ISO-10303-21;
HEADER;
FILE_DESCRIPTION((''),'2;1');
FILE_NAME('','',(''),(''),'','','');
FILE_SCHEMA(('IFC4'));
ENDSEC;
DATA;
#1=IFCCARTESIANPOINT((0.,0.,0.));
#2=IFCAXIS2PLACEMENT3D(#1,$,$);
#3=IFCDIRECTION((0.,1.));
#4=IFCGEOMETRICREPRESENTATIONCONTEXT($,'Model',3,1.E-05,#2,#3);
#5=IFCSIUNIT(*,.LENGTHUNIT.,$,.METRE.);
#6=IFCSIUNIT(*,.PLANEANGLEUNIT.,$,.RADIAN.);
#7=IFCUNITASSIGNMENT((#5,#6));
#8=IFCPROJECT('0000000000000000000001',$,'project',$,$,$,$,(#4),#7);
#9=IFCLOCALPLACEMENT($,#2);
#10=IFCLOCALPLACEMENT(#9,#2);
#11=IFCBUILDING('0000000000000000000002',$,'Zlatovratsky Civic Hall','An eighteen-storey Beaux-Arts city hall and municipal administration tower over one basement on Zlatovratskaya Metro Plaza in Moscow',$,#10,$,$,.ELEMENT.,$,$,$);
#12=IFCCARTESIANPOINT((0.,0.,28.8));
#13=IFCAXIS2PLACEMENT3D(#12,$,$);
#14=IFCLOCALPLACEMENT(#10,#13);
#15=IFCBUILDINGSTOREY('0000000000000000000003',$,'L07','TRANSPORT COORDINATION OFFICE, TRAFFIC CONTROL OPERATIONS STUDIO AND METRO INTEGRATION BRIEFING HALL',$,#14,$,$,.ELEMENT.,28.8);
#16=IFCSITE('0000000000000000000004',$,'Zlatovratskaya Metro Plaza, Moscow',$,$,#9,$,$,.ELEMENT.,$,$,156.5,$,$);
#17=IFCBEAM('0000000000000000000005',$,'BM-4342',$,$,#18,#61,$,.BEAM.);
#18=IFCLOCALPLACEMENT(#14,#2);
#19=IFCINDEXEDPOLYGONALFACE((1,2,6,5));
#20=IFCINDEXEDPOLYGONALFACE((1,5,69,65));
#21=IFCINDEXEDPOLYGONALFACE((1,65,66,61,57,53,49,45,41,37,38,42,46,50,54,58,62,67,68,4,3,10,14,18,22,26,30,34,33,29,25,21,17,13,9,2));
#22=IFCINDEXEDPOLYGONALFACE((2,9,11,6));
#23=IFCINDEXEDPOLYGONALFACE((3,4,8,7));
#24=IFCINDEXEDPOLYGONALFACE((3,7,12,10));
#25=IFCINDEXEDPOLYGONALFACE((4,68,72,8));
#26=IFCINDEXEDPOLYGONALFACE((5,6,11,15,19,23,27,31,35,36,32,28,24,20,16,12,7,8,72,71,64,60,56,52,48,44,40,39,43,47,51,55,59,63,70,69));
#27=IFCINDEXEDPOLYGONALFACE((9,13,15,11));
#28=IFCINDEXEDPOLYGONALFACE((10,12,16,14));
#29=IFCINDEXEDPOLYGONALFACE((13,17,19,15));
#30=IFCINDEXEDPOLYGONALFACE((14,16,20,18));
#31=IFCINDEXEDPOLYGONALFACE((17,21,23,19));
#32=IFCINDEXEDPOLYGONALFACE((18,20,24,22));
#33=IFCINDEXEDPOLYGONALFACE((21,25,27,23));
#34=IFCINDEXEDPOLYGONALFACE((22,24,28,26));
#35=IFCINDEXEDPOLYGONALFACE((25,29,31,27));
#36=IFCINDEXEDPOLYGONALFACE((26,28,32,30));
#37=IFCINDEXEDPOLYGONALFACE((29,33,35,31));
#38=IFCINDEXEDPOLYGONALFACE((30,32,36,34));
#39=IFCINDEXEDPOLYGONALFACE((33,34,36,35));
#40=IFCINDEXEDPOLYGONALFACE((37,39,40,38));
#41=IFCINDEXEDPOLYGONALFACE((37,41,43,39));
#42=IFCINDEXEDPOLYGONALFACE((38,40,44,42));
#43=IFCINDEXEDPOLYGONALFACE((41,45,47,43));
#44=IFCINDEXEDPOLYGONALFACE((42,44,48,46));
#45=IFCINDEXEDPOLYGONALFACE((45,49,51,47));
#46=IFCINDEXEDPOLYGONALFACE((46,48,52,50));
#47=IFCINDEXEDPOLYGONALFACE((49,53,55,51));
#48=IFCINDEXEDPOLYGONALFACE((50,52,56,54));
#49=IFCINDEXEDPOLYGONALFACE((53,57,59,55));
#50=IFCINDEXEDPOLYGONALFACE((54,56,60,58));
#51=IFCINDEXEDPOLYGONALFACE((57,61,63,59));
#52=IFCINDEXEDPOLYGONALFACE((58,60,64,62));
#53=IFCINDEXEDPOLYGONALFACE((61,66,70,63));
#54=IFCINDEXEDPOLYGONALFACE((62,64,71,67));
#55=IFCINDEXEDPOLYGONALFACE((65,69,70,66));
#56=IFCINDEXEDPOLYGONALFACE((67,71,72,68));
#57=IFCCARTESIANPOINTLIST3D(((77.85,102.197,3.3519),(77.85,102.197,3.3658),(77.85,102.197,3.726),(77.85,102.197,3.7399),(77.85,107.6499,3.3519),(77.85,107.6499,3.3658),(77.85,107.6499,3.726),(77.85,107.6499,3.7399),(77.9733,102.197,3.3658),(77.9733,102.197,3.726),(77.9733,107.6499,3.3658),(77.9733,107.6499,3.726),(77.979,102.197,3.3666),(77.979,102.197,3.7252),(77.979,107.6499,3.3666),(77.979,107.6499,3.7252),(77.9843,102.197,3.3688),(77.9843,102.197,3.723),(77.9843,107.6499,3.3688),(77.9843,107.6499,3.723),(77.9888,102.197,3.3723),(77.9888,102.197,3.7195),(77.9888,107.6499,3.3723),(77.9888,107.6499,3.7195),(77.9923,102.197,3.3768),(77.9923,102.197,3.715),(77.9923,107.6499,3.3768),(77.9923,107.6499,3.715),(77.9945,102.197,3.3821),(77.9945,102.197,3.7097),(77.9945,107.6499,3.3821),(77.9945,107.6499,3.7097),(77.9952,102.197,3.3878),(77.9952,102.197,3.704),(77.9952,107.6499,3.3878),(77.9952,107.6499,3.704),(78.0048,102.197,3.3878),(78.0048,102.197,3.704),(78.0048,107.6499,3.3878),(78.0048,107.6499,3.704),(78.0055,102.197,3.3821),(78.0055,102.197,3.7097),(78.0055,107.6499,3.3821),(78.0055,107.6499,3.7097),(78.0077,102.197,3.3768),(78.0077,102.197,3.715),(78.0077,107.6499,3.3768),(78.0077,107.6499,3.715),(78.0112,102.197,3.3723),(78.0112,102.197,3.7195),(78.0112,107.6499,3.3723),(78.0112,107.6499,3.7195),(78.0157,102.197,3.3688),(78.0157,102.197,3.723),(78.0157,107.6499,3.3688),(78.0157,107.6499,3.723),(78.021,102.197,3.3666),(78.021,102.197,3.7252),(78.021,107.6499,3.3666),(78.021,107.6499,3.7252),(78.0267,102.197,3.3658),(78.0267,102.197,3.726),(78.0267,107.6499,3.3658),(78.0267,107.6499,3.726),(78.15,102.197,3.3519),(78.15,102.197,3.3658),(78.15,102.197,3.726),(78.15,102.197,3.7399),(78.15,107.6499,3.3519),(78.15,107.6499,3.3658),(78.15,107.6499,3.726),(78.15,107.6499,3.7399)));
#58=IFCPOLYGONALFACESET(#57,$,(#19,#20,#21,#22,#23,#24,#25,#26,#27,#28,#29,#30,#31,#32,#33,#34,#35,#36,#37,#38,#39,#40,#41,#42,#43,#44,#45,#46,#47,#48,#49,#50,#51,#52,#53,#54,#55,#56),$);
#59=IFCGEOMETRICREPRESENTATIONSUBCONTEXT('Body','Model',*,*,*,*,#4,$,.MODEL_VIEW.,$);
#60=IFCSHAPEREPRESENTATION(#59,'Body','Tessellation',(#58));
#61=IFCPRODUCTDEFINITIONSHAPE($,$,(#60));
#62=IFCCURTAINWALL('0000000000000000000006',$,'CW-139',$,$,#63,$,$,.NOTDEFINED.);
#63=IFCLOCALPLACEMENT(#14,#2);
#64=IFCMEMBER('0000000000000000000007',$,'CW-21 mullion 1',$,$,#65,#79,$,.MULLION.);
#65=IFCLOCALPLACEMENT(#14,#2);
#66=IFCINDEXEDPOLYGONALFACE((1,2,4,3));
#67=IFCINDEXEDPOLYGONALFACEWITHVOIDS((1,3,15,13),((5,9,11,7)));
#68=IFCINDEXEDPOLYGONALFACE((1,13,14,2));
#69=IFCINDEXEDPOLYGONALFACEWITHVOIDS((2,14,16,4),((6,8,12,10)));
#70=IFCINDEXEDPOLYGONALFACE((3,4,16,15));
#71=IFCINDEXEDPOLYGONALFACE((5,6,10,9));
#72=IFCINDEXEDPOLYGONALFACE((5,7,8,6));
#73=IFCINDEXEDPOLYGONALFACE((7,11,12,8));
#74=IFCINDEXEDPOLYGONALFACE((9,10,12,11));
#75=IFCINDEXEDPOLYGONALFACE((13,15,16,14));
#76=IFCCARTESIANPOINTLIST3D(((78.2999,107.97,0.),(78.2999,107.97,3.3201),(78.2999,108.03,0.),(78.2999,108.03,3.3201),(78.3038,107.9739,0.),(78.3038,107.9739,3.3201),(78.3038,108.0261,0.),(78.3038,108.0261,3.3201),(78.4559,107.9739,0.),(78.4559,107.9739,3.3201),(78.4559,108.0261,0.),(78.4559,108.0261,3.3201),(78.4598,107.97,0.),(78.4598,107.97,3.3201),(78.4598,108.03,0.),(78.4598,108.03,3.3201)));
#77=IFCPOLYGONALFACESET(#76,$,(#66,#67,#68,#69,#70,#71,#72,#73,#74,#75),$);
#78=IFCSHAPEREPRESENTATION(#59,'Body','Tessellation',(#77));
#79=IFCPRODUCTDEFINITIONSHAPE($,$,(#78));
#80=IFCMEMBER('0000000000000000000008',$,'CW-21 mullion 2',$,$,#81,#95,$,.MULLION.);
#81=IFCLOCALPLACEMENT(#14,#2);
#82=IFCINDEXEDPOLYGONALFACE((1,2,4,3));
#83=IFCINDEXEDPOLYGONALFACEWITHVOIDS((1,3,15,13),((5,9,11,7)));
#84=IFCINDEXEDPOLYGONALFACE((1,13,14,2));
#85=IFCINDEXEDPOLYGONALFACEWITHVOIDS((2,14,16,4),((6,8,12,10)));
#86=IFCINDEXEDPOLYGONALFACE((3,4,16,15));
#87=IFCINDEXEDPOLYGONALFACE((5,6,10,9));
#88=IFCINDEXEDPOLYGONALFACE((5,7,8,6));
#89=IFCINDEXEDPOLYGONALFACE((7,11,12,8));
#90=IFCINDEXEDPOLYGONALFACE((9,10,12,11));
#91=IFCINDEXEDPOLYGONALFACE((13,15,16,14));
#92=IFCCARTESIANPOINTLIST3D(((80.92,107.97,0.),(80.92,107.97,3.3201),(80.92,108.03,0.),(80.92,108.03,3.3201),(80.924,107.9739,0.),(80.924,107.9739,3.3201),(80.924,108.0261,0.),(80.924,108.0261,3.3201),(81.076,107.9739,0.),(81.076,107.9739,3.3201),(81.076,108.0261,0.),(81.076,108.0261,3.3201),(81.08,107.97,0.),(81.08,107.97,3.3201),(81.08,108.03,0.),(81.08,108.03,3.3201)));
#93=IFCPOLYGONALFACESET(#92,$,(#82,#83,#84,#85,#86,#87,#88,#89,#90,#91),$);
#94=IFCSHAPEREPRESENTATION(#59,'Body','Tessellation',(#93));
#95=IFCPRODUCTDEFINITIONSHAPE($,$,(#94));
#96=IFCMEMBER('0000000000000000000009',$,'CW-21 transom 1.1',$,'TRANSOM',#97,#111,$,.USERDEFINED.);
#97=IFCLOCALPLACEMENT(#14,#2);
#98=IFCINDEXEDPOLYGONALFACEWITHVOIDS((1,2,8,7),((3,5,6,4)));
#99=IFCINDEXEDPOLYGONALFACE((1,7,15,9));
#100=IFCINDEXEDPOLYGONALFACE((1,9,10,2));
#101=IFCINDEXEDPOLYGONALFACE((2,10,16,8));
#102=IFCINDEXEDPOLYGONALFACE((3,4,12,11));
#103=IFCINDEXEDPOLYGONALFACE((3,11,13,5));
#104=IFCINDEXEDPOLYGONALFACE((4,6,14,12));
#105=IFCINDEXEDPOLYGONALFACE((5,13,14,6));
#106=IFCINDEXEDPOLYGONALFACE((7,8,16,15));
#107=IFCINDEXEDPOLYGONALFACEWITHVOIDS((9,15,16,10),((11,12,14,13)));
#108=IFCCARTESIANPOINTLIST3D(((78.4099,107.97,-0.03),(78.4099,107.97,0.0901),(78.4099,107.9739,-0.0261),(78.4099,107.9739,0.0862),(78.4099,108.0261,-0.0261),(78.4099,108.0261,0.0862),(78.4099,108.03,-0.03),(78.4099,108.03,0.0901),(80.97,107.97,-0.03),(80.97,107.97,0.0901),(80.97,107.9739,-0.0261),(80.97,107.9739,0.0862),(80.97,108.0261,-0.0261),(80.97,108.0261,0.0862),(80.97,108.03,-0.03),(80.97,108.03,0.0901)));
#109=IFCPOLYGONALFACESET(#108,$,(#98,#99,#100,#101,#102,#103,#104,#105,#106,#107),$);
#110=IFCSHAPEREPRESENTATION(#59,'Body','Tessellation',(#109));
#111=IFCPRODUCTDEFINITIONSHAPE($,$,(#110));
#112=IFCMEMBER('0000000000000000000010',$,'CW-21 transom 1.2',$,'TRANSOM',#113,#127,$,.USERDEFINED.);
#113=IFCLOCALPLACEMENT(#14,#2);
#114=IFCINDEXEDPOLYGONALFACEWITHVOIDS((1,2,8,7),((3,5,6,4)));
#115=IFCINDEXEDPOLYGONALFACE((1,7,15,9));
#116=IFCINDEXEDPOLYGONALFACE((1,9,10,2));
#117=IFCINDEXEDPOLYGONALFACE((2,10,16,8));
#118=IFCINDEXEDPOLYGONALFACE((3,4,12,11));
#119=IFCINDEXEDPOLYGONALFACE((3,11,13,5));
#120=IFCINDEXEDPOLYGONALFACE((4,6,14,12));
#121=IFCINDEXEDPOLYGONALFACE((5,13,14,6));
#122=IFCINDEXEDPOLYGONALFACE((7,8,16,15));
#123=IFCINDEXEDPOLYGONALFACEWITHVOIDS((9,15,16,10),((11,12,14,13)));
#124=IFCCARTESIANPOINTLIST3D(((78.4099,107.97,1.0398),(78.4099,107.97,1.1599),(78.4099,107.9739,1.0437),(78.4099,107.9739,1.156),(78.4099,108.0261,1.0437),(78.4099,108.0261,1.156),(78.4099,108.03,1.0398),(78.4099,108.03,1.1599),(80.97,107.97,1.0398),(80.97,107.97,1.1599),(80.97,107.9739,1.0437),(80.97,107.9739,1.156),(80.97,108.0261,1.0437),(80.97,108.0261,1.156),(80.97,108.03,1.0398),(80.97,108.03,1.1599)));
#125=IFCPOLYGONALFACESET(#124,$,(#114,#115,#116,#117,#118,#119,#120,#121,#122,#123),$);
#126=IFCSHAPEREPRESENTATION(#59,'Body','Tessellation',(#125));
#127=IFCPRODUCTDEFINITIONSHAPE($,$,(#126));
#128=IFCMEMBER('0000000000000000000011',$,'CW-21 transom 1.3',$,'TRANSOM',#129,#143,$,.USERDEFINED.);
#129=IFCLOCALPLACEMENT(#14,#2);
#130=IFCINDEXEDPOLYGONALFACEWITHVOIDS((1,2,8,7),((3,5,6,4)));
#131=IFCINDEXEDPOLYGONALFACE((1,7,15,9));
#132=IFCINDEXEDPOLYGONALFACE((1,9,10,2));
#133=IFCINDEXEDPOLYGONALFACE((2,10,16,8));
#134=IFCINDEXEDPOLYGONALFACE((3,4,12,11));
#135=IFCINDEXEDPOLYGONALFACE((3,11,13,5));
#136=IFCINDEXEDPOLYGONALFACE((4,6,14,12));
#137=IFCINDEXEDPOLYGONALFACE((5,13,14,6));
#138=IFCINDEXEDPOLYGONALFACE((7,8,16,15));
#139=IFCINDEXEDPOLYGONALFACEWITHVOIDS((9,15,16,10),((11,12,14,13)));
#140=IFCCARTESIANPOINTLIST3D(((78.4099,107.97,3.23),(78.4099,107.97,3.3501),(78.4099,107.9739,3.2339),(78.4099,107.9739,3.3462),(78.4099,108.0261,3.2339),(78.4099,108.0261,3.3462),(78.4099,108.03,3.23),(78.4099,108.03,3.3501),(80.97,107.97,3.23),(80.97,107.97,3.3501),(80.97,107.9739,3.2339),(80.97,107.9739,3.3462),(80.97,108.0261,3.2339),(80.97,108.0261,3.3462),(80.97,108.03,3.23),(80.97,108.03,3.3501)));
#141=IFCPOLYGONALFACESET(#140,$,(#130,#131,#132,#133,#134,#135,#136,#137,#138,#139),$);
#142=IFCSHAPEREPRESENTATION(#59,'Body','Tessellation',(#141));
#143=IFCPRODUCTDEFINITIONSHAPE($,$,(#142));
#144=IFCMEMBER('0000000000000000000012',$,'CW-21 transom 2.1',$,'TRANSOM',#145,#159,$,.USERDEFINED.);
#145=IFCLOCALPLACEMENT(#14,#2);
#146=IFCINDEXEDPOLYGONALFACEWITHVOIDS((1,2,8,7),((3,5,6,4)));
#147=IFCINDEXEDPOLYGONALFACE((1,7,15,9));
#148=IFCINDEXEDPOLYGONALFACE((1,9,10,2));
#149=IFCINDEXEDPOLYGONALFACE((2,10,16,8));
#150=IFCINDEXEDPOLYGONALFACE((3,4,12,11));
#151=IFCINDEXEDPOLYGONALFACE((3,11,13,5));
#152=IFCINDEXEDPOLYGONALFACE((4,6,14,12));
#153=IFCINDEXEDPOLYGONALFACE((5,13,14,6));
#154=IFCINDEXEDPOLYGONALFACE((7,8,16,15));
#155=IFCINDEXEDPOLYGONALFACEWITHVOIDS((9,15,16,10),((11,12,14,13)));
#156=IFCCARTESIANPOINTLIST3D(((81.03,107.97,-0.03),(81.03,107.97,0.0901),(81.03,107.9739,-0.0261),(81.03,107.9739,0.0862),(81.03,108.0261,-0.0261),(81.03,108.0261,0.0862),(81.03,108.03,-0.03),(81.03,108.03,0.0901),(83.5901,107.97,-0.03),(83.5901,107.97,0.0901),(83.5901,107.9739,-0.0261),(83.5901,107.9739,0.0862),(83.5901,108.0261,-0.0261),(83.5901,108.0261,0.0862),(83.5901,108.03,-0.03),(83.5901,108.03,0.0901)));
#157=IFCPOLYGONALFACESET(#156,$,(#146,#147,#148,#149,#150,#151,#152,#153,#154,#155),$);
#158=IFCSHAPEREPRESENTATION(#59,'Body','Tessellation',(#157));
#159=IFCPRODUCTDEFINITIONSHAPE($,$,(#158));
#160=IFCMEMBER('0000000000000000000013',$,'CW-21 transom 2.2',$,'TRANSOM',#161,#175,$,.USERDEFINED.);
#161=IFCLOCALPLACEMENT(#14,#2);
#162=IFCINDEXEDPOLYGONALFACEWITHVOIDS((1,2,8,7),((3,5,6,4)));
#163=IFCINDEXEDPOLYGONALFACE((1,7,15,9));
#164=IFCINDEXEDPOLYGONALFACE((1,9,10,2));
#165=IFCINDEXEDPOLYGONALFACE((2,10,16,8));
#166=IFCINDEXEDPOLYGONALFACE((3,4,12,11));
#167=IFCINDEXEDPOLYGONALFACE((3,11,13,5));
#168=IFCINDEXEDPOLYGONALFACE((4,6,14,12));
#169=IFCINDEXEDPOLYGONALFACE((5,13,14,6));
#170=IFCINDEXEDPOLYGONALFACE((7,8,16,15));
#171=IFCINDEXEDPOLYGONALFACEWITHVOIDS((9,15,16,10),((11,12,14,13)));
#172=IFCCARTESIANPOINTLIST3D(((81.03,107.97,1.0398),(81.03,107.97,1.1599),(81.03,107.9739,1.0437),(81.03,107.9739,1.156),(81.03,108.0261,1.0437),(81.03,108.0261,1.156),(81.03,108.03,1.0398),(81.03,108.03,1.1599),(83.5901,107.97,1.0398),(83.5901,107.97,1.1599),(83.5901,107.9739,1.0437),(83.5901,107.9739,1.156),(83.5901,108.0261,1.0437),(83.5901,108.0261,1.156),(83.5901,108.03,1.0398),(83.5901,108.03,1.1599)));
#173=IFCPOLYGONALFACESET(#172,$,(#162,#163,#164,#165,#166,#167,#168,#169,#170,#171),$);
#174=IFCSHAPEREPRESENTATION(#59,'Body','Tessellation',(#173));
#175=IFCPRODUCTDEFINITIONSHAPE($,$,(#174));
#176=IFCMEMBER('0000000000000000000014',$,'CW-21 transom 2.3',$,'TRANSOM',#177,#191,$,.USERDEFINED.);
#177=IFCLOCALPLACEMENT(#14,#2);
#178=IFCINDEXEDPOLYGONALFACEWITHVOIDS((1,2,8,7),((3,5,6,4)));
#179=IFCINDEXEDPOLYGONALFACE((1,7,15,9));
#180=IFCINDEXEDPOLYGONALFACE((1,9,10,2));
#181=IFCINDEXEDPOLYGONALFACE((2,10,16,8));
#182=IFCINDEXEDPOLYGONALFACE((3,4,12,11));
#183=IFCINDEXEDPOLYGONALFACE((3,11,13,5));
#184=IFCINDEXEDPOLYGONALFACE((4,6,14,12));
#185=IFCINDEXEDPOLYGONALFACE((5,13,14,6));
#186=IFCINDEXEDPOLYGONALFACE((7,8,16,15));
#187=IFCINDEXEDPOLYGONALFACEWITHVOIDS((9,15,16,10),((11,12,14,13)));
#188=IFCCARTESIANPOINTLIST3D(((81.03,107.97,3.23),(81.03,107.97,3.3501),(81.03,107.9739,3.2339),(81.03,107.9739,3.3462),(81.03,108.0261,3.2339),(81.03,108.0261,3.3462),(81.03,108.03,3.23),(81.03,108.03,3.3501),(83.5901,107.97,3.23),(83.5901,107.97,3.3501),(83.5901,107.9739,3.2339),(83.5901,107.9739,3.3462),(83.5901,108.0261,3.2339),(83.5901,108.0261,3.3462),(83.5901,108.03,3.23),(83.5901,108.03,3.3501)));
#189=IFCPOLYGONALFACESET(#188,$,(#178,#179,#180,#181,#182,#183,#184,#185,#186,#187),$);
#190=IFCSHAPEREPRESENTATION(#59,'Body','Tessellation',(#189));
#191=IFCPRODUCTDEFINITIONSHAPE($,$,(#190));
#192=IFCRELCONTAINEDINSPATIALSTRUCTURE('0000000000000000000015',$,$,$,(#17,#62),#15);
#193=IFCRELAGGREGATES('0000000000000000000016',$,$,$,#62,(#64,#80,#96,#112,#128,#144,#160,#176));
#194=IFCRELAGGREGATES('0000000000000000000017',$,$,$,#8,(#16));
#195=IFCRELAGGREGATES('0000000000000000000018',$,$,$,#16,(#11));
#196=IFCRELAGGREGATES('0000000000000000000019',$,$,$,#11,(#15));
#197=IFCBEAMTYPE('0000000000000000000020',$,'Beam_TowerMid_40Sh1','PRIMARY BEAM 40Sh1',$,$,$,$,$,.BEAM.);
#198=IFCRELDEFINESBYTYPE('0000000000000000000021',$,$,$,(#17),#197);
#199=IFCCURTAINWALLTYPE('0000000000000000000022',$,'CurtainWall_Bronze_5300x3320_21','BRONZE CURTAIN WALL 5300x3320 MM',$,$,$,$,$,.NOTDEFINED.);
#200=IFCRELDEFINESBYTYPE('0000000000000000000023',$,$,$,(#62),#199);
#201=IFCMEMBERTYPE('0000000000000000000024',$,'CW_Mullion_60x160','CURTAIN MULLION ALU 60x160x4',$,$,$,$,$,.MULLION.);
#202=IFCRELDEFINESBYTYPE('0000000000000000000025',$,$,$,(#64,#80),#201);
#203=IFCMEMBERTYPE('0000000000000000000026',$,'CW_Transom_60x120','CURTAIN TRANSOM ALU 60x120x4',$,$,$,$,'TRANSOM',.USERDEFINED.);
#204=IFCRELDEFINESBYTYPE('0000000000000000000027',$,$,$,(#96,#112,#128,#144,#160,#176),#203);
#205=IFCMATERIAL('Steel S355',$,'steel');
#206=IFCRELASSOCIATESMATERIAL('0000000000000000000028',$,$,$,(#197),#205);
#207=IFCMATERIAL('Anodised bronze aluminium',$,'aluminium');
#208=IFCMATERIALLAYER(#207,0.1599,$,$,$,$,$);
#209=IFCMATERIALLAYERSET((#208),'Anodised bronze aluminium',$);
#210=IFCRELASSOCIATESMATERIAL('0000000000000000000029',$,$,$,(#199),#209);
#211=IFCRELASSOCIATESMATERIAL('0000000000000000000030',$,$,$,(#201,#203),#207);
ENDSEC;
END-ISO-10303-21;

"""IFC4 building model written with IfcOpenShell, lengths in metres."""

from ifc_helpers import new_model, si_unit, direction, frame, origin, origin_2d, place, context, subcontext, project, spatial, hollow_rectangle, i_section, extrude, material, layer, layer_set, material_profile, profile_set, type_object, element, aggregate, save


model = new_model("IFC4")

# Units and contexts
model_context = context("Model", 3, precision=1e-05, world=origin(), true_north=direction((0.0, 1.0)))
body_context = subcontext(model_context, "Body", "Model", "MODEL_VIEW")
ifc_project = project(units=[si_unit("LENGTHUNIT", "METRE"), si_unit("PLANEANGLEUNIT", "RADIAN")], contexts=[model_context])

# Site, building, storey
site_placement = place(None, origin())
site = spatial("IfcSite", under=ifc_project, at=site_placement, Name="Zlatovratskaya Metro Plaza, Moscow", CompositionType="ELEMENT", RefElevation=156.5)
building_placement = place(site_placement, origin())
building = spatial("IfcBuilding", under=site, at=building_placement, Name="Zlatovratsky Civic Hall", Description="An eighteen-storey Beaux-Arts city hall and municipal administration tower over one basement on Zlatovratskaya Metro Plaza in Moscow", CompositionType="ELEMENT")
storey_placement = place(building_placement, frame((0.0, 0.0, 28.8)))
storey = spatial("IfcBuildingStorey", under=building, at=storey_placement, Name="L07", Description="TRANSPORT COORDINATION OFFICE, TRAFFIC CONTROL OPERATIONS STUDIO AND METRO INTEGRATION BRIEFING HALL", CompositionType="ELEMENT", Elevation=28.8)

# Shared definitions
ifc_material_1 = material(Name="Steel S355", Category="steel")

# Beam
ifc_material_profile_1 = material_profile(ifc_material_1, i_section(OverallWidth=0.3, OverallDepth=0.3879, WebThickness=0.0095, FlangeThickness=0.0139, FilletRadius=0.022, at=origin_2d()), Name="40Sh1")
ifc_profile_set_1 = profile_set([ifc_material_profile_1], Name="Steel S355")
beam_type_1 = type_object("IfcBeamType", Name="Beam_TowerMid_40Sh1", Description="PRIMARY BEAM 40Sh1", PredefinedType="BEAM", material=ifc_profile_set_1)
for number, where, z_axis, x_axis, name in (
    (1, (78.0, 102.197, 3.5459), (0.0, 1.0, 0.0), (-1.0, 0.0, 0.0), "BM-4342"),
):
    element("IfcBeam", number, at=place(storey_placement, frame(where, z_axis=z_axis, x_axis=x_axis)), inside=storey, type_object=beam_type_1, Name=name, PredefinedType="BEAM", context=body_context, shape_type="SweptSolid", body=[
        extrude(i_section(OverallWidth=0.3, OverallDepth=0.3879, WebThickness=0.0095, FlangeThickness=0.0139, FilletRadius=0.022, at=origin_2d()), origin(), (0.0, 0.0, 1.0), 5.4529),
    ])

# Curtain wall, members
ifc_material_2 = material(Name="Anodised bronze aluminium", Category="aluminium")
ifc_layer_1 = layer(ifc_material_2, 0.1599)
ifc_layer_set_1 = layer_set([ifc_layer_1], Name="Anodised bronze aluminium")
curtain_wall_type = type_object("IfcCurtainWallType", Name="CurtainWall_Bronze_5300x3320_21", Description="BRONZE CURTAIN WALL 5300x3320 MM", PredefinedType="NOTDEFINED", material=ifc_layer_set_1)
curtain_wall_placement = place(storey_placement, origin())
curtain_wall = element("IfcCurtainWall", 2, at=curtain_wall_placement, inside=storey, type_object=curtain_wall_type, Name="CW-139", PredefinedType="NOTDEFINED")
ifc_material_profile_2 = material_profile(ifc_material_2, hollow_rectangle(XDim=0.0601, YDim=0.1599, WallThickness=0.0039, at=origin_2d()), Name="ALU 60x160x4")
ifc_profile_set_2 = profile_set([ifc_material_profile_2], Name="Anodised bronze aluminium")
member_type_1 = type_object("IfcMemberType", Name="CW_Mullion_60x160", Description="CURTAIN MULLION ALU 60x160x4", PredefinedType="MULLION", material=ifc_profile_set_2)
member_1_placement = place(storey_placement, frame((78.3799, 108.0, 0.0), z_axis=(0.0, 0.0, 1.0), x_axis=(0.0, 1.0, 0.0)))
member_1 = element("IfcMember", 3, at=member_1_placement, type_object=member_type_1, Name="CW-21 mullion 1", PredefinedType="MULLION", context=body_context, shape_type="SweptSolid", body=[
    extrude(hollow_rectangle(XDim=0.0601, YDim=0.1599, WallThickness=0.0039, at=origin_2d()), origin(), (0.0, 0.0, 1.0), 3.3201),
])
member_2_placement = place(storey_placement, frame((81.0, 108.0, 0.0), z_axis=(0.0, 0.0, 1.0), x_axis=(0.0, 1.0, 0.0)))
member_2 = element("IfcMember", 4, at=member_2_placement, type_object=member_type_1, Name="CW-21 mullion 2", PredefinedType="MULLION", context=body_context, shape_type="SweptSolid", body=[
    extrude(hollow_rectangle(XDim=0.0601, YDim=0.1599, WallThickness=0.0039, at=origin_2d()), origin(), (0.0, 0.0, 1.0), 3.3201),
])
ifc_material_profile_3 = material_profile(ifc_material_2, hollow_rectangle(XDim=0.0601, YDim=0.1201, WallThickness=0.0039, at=origin_2d()), Name="ALU 60x120x4")
ifc_profile_set_3 = profile_set([ifc_material_profile_3], Name="Anodised bronze aluminium")
member_type_2 = type_object("IfcMemberType", Name="CW_Transom_60x120", Description="CURTAIN TRANSOM ALU 60x120x4", ElementType="TRANSOM", PredefinedType="USERDEFINED", material=ifc_profile_set_3)
member_3_placement = place(storey_placement, frame((78.4099, 108.0, 0.03), z_axis=(1.0, 0.0, 0.0), x_axis=(0.0, 1.0, 0.0)))
member_3 = element("IfcMember", 5, at=member_3_placement, type_object=member_type_2, Name="CW-21 transom 1.1", ObjectType="TRANSOM", PredefinedType="USERDEFINED", context=body_context, shape_type="SweptSolid", body=[
    extrude(hollow_rectangle(XDim=0.0601, YDim=0.1201, WallThickness=0.0039, at=origin_2d()), origin(), (0.0, 0.0, 1.0), 2.5601),
])
member_4_placement = place(storey_placement, frame((78.4099, 108.0, 1.0999), z_axis=(1.0, 0.0, 0.0), x_axis=(0.0, 1.0, 0.0)))
member_4 = element("IfcMember", 6, at=member_4_placement, type_object=member_type_2, Name="CW-21 transom 1.2", ObjectType="TRANSOM", PredefinedType="USERDEFINED", context=body_context, shape_type="SweptSolid", body=[
    extrude(hollow_rectangle(XDim=0.0601, YDim=0.1201, WallThickness=0.0039, at=origin_2d()), origin(), (0.0, 0.0, 1.0), 2.5601),
])
member_5_placement = place(storey_placement, frame((78.4099, 108.0, 3.29), z_axis=(1.0, 0.0, 0.0), x_axis=(0.0, 1.0, 0.0)))
member_5 = element("IfcMember", 7, at=member_5_placement, type_object=member_type_2, Name="CW-21 transom 1.3", ObjectType="TRANSOM", PredefinedType="USERDEFINED", context=body_context, shape_type="SweptSolid", body=[
    extrude(hollow_rectangle(XDim=0.0601, YDim=0.1201, WallThickness=0.0039, at=origin_2d()), origin(), (0.0, 0.0, 1.0), 2.5601),
])
member_6_placement = place(storey_placement, frame((81.03, 108.0, 0.03), z_axis=(1.0, 0.0, 0.0), x_axis=(0.0, 1.0, 0.0)))
member_6 = element("IfcMember", 8, at=member_6_placement, type_object=member_type_2, Name="CW-21 transom 2.1", ObjectType="TRANSOM", PredefinedType="USERDEFINED", context=body_context, shape_type="SweptSolid", body=[
    extrude(hollow_rectangle(XDim=0.0601, YDim=0.1201, WallThickness=0.0039, at=origin_2d()), origin(), (0.0, 0.0, 1.0), 2.5601),
])
member_7_placement = place(storey_placement, frame((81.03, 108.0, 1.0999), z_axis=(1.0, 0.0, 0.0), x_axis=(0.0, 1.0, 0.0)))
member_7 = element("IfcMember", 9, at=member_7_placement, type_object=member_type_2, Name="CW-21 transom 2.2", ObjectType="TRANSOM", PredefinedType="USERDEFINED", context=body_context, shape_type="SweptSolid", body=[
    extrude(hollow_rectangle(XDim=0.0601, YDim=0.1201, WallThickness=0.0039, at=origin_2d()), origin(), (0.0, 0.0, 1.0), 2.5601),
])
member_8_placement = place(storey_placement, frame((81.03, 108.0, 3.29), z_axis=(1.0, 0.0, 0.0), x_axis=(0.0, 1.0, 0.0)))
member_8 = element("IfcMember", 10, at=member_8_placement, type_object=member_type_2, Name="CW-21 transom 2.3", ObjectType="TRANSOM", PredefinedType="USERDEFINED", context=body_context, shape_type="SweptSolid", body=[
    extrude(hollow_rectangle(XDim=0.0601, YDim=0.1201, WallThickness=0.0039, at=origin_2d()), origin(), (0.0, 0.0, 1.0), 2.5601),
])
aggregate(curtain_wall, [member_1, member_2, member_3, member_4, member_5, member_6, member_7, member_8])

save(model, "model.ifc")
